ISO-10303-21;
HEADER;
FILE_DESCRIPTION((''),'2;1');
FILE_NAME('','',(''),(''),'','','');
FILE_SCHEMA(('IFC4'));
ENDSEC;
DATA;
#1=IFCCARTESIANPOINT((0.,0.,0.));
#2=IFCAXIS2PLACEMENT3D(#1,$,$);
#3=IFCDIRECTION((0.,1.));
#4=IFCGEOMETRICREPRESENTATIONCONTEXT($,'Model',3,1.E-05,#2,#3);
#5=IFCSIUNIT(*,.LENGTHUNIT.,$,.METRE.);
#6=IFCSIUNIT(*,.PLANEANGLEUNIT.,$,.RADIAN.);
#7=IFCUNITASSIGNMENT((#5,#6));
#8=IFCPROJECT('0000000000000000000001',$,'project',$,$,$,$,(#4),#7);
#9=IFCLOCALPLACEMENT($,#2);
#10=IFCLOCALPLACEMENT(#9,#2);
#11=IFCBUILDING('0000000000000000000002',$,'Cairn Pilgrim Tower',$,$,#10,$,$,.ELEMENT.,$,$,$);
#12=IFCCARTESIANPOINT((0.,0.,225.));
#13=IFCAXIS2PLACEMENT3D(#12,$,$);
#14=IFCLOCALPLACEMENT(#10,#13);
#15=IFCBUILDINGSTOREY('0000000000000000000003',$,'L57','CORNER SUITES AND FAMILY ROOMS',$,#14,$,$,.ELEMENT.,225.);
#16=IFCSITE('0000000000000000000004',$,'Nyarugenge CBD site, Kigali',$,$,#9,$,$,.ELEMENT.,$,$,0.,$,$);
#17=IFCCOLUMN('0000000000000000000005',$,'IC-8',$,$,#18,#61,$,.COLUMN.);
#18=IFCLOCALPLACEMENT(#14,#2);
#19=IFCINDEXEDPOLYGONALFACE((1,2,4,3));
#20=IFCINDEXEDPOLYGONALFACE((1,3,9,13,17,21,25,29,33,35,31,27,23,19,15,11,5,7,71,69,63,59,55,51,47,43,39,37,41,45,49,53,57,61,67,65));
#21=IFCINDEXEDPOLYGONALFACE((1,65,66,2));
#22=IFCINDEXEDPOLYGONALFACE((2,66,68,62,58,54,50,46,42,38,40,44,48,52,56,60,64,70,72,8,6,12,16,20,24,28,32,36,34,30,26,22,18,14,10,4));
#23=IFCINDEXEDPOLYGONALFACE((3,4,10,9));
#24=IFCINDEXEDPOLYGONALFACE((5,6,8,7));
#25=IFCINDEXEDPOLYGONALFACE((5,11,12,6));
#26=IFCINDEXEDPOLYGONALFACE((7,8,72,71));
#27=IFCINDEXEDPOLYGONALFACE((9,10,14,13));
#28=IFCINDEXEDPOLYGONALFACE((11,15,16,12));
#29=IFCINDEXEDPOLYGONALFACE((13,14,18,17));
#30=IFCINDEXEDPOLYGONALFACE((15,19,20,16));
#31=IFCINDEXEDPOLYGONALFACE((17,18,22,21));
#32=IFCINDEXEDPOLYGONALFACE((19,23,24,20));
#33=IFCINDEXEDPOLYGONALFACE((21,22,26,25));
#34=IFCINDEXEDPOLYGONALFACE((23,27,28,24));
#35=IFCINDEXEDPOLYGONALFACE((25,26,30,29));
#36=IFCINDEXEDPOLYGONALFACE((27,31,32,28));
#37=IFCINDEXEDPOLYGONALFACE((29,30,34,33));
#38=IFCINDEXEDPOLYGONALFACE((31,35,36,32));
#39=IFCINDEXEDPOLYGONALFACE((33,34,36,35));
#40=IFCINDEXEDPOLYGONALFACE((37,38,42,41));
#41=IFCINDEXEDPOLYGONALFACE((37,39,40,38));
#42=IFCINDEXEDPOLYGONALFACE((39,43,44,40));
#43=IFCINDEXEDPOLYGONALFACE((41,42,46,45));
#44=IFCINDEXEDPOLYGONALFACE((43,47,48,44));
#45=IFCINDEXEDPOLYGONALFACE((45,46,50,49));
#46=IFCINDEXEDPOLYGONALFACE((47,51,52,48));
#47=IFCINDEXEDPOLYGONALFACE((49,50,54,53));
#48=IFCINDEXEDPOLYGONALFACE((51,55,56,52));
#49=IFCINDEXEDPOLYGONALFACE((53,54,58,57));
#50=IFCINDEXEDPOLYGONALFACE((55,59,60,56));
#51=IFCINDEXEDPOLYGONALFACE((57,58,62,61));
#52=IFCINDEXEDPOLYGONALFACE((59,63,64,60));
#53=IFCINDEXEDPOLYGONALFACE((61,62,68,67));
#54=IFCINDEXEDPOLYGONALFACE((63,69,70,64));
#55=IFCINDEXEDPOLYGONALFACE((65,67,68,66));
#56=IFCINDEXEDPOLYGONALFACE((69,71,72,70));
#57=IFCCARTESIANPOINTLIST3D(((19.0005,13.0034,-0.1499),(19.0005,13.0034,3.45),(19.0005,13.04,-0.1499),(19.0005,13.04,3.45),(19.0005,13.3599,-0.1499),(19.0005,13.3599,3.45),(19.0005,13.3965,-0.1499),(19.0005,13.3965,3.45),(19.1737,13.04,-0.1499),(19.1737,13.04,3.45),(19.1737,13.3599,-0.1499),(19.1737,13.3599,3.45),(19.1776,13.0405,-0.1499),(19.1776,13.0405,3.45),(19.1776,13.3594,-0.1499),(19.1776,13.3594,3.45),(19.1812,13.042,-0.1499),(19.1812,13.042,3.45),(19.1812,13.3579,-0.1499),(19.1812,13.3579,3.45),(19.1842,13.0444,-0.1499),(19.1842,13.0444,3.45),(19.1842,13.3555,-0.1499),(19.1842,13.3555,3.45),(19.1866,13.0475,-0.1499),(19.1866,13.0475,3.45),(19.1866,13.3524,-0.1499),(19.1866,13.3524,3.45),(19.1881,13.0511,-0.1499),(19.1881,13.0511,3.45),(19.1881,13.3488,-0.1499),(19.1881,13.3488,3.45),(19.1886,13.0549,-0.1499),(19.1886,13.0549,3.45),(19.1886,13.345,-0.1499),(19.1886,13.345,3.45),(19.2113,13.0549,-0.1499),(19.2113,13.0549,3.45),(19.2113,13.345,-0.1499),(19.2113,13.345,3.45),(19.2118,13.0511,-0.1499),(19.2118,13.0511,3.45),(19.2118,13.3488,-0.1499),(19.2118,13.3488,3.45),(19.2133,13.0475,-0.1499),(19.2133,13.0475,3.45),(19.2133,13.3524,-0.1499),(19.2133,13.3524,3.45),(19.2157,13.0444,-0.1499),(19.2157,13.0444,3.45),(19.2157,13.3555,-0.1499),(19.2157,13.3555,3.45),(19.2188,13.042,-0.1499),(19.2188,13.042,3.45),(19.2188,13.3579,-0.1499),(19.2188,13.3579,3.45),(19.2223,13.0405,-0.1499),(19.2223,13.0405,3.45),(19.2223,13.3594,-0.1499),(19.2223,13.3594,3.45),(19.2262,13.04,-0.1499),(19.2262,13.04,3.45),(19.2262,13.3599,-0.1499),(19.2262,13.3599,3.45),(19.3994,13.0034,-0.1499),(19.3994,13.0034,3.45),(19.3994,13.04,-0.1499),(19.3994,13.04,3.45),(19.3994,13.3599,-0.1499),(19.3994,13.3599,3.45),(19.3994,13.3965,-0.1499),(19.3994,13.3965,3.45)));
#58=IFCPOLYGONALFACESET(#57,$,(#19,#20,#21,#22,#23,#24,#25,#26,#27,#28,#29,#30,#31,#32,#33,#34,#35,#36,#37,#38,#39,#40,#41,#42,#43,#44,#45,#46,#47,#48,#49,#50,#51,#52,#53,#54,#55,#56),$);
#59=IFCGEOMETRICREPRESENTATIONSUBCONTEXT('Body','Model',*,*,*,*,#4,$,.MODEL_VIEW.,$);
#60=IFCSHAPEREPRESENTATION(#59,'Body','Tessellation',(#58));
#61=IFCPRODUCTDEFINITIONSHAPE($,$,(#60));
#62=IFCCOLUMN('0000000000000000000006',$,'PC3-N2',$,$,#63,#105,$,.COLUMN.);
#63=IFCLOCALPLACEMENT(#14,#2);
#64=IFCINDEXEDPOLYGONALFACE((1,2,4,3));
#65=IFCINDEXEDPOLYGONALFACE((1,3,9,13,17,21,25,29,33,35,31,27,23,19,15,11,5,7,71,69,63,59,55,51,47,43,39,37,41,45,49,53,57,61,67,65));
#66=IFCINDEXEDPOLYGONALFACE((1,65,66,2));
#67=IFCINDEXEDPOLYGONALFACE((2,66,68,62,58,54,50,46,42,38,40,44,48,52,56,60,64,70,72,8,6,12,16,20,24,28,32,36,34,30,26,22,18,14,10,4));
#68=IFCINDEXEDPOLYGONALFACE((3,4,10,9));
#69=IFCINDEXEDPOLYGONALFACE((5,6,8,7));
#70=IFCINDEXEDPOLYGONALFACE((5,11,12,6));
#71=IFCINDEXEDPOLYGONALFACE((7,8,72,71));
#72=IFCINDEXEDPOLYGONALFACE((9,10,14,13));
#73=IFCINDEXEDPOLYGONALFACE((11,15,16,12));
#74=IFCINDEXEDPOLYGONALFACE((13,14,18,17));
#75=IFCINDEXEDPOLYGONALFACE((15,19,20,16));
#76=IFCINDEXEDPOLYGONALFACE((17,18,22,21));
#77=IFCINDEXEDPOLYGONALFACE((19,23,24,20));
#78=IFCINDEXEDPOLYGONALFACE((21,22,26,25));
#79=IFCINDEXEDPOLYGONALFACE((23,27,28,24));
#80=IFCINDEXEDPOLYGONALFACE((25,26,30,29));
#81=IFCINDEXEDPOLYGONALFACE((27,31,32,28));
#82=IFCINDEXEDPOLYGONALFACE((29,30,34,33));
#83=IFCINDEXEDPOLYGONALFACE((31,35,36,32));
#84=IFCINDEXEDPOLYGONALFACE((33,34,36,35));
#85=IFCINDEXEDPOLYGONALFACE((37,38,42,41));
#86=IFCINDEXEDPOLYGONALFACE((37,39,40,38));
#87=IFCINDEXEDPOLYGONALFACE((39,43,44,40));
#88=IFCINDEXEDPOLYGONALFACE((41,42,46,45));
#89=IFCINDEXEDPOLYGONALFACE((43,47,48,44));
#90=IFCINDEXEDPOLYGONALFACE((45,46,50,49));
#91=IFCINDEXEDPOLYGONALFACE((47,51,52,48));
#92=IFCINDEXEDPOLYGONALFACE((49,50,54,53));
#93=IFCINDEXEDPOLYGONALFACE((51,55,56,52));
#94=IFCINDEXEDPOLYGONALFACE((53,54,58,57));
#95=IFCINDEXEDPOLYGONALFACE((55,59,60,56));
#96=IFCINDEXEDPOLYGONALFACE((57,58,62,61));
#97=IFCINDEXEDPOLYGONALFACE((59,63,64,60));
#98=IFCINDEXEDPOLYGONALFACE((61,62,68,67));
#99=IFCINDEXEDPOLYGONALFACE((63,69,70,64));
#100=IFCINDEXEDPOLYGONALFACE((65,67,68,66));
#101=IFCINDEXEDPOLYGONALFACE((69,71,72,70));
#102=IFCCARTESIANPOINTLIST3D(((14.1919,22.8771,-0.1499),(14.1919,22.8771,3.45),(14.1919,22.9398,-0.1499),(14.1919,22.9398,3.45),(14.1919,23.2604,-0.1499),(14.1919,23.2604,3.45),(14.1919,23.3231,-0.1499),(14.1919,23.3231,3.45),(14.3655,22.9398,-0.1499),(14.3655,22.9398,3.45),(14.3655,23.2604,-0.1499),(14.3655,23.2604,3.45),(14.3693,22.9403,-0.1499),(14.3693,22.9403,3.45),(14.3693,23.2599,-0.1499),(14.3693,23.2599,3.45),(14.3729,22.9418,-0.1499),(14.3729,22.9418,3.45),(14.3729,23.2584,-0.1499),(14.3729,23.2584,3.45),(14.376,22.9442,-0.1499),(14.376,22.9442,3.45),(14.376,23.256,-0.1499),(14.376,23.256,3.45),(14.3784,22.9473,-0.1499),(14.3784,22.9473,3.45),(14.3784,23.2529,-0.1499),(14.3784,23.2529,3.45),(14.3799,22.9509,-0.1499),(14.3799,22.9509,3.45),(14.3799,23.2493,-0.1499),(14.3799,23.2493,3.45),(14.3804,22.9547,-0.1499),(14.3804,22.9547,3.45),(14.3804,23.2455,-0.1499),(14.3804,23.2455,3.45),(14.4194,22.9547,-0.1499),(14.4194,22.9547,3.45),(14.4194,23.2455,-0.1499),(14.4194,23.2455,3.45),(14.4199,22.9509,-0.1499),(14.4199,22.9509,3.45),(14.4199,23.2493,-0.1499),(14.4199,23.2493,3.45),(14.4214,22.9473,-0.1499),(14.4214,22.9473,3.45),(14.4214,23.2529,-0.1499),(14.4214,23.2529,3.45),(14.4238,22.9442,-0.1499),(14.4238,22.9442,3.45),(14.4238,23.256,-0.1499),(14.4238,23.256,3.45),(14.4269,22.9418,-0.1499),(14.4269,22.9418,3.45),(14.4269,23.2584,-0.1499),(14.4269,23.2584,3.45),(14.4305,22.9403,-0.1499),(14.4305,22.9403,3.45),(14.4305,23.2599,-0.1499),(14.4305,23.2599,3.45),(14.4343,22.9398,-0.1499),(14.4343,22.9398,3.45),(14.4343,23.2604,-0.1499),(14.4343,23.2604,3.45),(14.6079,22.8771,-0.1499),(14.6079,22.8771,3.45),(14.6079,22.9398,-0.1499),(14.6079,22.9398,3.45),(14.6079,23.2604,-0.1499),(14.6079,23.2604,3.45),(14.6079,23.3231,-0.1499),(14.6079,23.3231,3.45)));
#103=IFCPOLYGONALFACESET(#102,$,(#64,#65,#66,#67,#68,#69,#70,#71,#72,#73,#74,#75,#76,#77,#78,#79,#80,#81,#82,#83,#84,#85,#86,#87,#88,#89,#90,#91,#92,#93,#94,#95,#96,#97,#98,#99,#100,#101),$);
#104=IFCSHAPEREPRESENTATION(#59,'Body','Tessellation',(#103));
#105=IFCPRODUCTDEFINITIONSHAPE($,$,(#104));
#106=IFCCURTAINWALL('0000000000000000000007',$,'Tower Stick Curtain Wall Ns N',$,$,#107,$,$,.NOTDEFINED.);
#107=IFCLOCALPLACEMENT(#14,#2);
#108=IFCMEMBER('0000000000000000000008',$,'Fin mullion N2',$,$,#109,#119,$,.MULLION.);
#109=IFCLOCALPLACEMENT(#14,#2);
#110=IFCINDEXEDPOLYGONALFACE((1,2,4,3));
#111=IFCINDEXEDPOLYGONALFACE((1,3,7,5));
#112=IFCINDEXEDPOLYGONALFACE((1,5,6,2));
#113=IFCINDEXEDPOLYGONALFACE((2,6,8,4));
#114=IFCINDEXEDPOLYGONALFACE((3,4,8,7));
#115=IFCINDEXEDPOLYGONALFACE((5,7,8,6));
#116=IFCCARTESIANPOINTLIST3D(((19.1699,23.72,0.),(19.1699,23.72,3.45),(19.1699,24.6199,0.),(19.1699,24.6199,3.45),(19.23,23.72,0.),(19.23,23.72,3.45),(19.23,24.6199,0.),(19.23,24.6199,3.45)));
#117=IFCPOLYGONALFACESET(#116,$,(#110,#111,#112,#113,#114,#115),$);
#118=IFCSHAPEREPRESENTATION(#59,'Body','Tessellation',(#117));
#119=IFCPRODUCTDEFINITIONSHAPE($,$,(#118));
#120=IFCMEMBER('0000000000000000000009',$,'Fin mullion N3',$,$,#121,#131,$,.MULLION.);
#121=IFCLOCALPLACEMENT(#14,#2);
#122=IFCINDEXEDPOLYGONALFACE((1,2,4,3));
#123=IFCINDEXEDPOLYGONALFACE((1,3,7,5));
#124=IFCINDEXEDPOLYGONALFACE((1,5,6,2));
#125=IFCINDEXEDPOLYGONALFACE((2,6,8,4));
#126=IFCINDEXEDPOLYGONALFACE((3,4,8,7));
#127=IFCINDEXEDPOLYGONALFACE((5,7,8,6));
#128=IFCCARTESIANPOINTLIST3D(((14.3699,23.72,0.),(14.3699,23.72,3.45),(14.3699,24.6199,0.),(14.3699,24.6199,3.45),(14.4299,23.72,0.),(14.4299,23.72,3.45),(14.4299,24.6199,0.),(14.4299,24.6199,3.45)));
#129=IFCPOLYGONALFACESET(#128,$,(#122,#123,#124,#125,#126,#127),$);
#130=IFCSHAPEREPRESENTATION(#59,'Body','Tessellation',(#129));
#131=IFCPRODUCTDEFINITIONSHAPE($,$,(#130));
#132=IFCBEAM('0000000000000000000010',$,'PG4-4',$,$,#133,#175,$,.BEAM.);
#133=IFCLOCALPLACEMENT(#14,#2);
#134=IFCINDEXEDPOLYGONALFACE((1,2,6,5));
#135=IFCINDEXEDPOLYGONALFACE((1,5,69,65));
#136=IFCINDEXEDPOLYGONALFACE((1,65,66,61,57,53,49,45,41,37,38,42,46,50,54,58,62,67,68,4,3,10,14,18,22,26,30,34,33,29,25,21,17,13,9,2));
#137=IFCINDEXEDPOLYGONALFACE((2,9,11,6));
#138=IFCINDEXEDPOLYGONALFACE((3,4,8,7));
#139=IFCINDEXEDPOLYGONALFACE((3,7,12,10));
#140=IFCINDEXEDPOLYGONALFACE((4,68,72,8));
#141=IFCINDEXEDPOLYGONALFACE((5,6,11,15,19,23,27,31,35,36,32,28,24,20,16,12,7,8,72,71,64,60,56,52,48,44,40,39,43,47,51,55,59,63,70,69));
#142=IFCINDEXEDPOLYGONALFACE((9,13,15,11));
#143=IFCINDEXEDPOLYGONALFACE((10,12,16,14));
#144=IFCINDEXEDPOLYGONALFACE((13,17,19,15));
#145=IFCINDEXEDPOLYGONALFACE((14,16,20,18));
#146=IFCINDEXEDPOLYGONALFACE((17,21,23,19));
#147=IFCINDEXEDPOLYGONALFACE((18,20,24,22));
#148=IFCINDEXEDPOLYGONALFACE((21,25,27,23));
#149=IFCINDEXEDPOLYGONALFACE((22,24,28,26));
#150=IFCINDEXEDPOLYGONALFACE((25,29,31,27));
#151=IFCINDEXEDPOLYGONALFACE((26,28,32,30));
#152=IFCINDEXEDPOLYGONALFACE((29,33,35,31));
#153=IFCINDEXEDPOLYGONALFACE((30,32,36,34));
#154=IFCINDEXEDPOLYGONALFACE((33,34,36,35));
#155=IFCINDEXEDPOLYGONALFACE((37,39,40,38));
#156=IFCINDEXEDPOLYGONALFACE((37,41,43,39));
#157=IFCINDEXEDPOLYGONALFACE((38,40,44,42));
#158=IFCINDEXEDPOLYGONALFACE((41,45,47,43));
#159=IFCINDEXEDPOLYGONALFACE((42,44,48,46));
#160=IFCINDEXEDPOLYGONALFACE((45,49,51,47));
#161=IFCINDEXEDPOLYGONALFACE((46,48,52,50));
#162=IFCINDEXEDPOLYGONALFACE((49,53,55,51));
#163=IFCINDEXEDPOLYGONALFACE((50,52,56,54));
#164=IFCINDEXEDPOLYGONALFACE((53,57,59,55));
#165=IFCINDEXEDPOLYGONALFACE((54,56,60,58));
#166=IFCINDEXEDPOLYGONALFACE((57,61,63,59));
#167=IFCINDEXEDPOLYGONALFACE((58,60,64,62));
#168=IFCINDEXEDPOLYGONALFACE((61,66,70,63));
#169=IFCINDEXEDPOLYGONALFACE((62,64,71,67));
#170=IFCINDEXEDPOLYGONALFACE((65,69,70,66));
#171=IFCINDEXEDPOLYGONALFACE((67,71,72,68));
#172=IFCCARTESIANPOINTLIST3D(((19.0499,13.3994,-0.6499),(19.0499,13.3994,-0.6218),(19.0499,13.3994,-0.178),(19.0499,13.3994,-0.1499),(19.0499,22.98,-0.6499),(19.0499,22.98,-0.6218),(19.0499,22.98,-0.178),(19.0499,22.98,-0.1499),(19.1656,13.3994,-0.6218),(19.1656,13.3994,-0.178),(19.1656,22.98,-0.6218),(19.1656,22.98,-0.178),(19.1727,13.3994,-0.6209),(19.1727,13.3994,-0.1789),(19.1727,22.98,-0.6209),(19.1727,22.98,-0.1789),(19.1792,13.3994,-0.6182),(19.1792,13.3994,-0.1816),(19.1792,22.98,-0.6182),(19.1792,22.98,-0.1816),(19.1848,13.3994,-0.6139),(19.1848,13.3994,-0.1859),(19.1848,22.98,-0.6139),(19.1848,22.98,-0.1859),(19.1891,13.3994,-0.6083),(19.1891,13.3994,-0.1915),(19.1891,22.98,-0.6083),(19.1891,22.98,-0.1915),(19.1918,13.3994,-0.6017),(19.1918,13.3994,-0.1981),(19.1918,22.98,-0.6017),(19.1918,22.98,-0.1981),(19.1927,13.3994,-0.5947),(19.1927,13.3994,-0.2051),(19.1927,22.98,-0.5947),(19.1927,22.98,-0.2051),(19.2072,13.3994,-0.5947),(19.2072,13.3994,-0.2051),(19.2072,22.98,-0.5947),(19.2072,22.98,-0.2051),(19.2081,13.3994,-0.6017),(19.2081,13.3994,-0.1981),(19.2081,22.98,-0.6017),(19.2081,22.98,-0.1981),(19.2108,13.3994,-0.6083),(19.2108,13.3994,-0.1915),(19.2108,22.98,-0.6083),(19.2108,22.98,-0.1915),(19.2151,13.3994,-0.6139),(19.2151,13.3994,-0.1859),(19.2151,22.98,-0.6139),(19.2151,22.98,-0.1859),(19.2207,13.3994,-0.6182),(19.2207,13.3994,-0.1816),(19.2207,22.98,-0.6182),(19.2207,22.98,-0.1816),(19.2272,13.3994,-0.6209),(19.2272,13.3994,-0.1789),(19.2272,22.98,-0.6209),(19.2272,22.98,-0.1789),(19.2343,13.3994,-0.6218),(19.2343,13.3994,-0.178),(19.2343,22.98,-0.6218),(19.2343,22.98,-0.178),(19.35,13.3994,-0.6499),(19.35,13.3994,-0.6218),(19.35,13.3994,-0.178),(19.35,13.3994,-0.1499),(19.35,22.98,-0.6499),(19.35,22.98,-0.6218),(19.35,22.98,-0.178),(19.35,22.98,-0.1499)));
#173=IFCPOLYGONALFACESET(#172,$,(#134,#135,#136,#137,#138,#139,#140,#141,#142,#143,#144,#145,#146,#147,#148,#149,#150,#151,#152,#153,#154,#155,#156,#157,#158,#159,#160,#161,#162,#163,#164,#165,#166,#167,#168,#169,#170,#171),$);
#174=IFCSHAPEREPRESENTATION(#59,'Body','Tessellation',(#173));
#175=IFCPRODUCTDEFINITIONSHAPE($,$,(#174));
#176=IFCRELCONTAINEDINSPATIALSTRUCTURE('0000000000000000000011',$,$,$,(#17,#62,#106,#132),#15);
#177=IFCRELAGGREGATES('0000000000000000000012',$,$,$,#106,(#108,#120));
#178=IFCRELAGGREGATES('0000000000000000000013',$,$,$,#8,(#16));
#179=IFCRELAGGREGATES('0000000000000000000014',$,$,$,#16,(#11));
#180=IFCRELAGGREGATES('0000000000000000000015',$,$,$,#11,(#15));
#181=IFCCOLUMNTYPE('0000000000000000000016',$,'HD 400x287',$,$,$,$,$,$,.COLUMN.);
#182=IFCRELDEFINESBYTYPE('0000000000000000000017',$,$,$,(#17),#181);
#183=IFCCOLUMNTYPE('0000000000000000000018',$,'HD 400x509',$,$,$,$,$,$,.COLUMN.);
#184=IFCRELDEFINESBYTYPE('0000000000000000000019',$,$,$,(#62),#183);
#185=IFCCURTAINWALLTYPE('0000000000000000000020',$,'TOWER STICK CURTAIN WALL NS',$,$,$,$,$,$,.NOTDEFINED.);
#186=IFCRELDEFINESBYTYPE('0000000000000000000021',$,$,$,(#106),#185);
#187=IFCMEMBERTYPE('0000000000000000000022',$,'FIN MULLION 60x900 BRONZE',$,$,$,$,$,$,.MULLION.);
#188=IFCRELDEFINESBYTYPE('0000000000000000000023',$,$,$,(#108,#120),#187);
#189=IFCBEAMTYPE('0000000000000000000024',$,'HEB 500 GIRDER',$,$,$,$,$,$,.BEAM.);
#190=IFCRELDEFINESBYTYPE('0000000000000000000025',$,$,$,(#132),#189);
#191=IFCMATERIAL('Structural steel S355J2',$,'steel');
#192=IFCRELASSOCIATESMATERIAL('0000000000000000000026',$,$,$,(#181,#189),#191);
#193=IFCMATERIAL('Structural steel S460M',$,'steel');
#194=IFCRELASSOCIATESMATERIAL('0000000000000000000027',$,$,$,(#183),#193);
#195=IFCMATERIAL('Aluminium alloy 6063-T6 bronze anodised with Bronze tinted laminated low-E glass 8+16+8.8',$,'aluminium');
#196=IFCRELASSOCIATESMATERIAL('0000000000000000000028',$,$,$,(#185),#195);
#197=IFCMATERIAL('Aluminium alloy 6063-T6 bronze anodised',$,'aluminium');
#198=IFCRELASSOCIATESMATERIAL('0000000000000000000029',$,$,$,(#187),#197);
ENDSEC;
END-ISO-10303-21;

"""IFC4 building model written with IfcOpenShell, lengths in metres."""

from ifc_helpers import new_model, si_unit, direction, frame, origin, origin_2d, place, context, subcontext, project, spatial, rectangle, i_section, extrude, material, material_profile, profile_set, type_object, element, aggregate, save


model = new_model("IFC4")

# Units and contexts
model_context = context("Model", 3, precision=1e-05, world=origin(), true_north=direction((0.0, 1.0)))
body_context = subcontext(model_context, "Body", "Model", "MODEL_VIEW")
ifc_project = project(units=[si_unit("LENGTHUNIT", "METRE"), si_unit("PLANEANGLEUNIT", "RADIAN")], contexts=[model_context])

# Site, building, storey
site_placement = place(None, origin())
site = spatial("IfcSite", under=ifc_project, at=site_placement, Name="Nyarugenge CBD site, Kigali", CompositionType="ELEMENT", RefElevation=0.0)
building_placement = place(site_placement, origin())
building = spatial("IfcBuilding", under=site, at=building_placement, Name="Cairn Pilgrim Tower", CompositionType="ELEMENT")
storey_placement = place(building_placement, frame((0.0, 0.0, 225.0)))
storey = spatial("IfcBuildingStorey", under=building, at=storey_placement, Name="L57", Description="CORNER SUITES AND FAMILY ROOMS", CompositionType="ELEMENT", Elevation=225.0)

# Columns
ifc_material_1 = material(Name="Structural steel S355J2", Category="steel")
ifc_material_profile_1 = material_profile(ifc_material_1, i_section(OverallWidth=0.3989, OverallDepth=0.3931, WebThickness=0.0227, FlangeThickness=0.0366, FilletRadius=0.0149, at=origin_2d()), Name="HD 400x287")
ifc_profile_set_1 = profile_set([ifc_material_profile_1], Name="Structural steel S355J2")
column_type_1 = type_object("IfcColumnType", Name="HD 400x287", PredefinedType="COLUMN", material=ifc_profile_set_1)
column_1_placement = place(storey_placement, frame((19.2, 13.2, -0.1499), z_axis=(0.0, 0.0, 1.0), x_axis=(1.0, 0.0, 0.0)))
element("IfcColumn", 1, at=column_1_placement, inside=storey, type_object=column_type_1, Name="IC-8", PredefinedType="COLUMN", context=body_context, shape_type="SweptSolid", body=[
    extrude(i_section(OverallWidth=0.3989, OverallDepth=0.3931, WebThickness=0.0227, FlangeThickness=0.0366, FilletRadius=0.0149, at=origin_2d()), origin(), (0.0, 0.0, 1.0), 3.5999),
])
ifc_material_2 = material(Name="Structural steel S460M", Category="steel")
ifc_material_profile_2 = material_profile(ifc_material_2, i_section(OverallWidth=0.416, OverallDepth=0.446, WebThickness=0.0391, FlangeThickness=0.0627, FilletRadius=0.0149, at=origin_2d()), Name="HD 400x509")
ifc_profile_set_2 = profile_set([ifc_material_profile_2], Name="Structural steel S460M")
column_type_2 = type_object("IfcColumnType", Name="HD 400x509", PredefinedType="COLUMN", material=ifc_profile_set_2)
column_2_placement = place(storey_placement, frame((14.3999, 23.1001, -0.1499), z_axis=(0.0, 0.0, 1.0), x_axis=(1.0, 0.0, 0.0)))
element("IfcColumn", 2, at=column_2_placement, inside=storey, type_object=column_type_2, Name="PC3-N2", PredefinedType="COLUMN", context=body_context, shape_type="SweptSolid", body=[
    extrude(i_section(OverallWidth=0.416, OverallDepth=0.446, WebThickness=0.0391, FlangeThickness=0.0627, FilletRadius=0.0149, at=origin_2d()), origin(), (0.0, 0.0, 1.0), 3.5999),
])

# Curtain wall, members
ifc_material_3 = material(Name="Aluminium alloy 6063-T6 bronze anodised with Bronze tinted laminated low-E glass 8+16+8.8", Category="aluminium")
curtain_wall_type = type_object("IfcCurtainWallType", Name="TOWER STICK CURTAIN WALL NS", PredefinedType="NOTDEFINED", material=ifc_material_3)
curtain_wall_placement = place(storey_placement, origin())
curtain_wall = element("IfcCurtainWall", 3, at=curtain_wall_placement, inside=storey, type_object=curtain_wall_type, Name="Tower Stick Curtain Wall Ns N", PredefinedType="NOTDEFINED")
ifc_material_4 = material(Name="Aluminium alloy 6063-T6 bronze anodised", Category="aluminium")
ifc_material_profile_3 = material_profile(ifc_material_4, rectangle(XDim=0.8999, YDim=0.0601, at=origin_2d()), Name="FIN MULLION 60x900 BRONZE")
ifc_profile_set_3 = profile_set([ifc_material_profile_3], Name="Aluminium alloy 6063-T6 bronze anodised")
member_type_1 = type_object("IfcMemberType", Name="FIN MULLION 60x900 BRONZE", PredefinedType="MULLION", material=ifc_profile_set_3)
member_1_placement = place(storey_placement, frame((19.2, 24.1699, 0.0), z_axis=(0.0, 0.0, 1.0), x_axis=(0.0, 1.0, 0.0)))
member_1 = element("IfcMember", 4, at=member_1_placement, type_object=member_type_1, Name="Fin mullion N2", PredefinedType="MULLION", context=body_context, shape_type="SweptSolid", body=[
    extrude(rectangle(XDim=0.8999, YDim=0.0601, at=origin_2d()), origin(), (0.0, 0.0, 1.0), 3.45),
])
member_2_placement = place(storey_placement, frame((14.3999, 24.1699, 0.0), z_axis=(0.0, 0.0, 1.0), x_axis=(0.0, 1.0, 0.0)))
member_2 = element("IfcMember", 5, at=member_2_placement, type_object=member_type_1, Name="Fin mullion N3", PredefinedType="MULLION", context=body_context, shape_type="SweptSolid", body=[
    extrude(rectangle(XDim=0.8999, YDim=0.0601, at=origin_2d()), origin(), (0.0, 0.0, 1.0), 3.45),
])

# Beam
ifc_material_profile_4 = material_profile(ifc_material_1, i_section(OverallWidth=0.3, OverallDepth=0.5, WebThickness=0.0144, FlangeThickness=0.0281, FilletRadius=0.0271, at=origin_2d()), Name="HEB 500")
ifc_profile_set_4 = profile_set([ifc_material_profile_4], Name="Structural steel S355J2")
beam_type_1 = type_object("IfcBeamType", Name="HEB 500 GIRDER", PredefinedType="BEAM", material=ifc_profile_set_4)
beam_1_placement = place(storey_placement, frame((19.2, 13.3994, -0.3999), z_axis=(0.0, 1.0, 0.0), x_axis=(-1.0, 0.0, 0.0)))
element("IfcBeam", 6, at=beam_1_placement, inside=storey, type_object=beam_type_1, Name="PG4-4", PredefinedType="BEAM", context=body_context, shape_type="SweptSolid", body=[
    extrude(i_section(OverallWidth=0.3, OverallDepth=0.5, WebThickness=0.0144, FlangeThickness=0.0281, FilletRadius=0.0271, at=origin_2d()), origin(), (0.0, 0.0, 1.0), 9.5806),
])

aggregate(curtain_wall, [member_1, member_2])

save(model, "model.ifc")
